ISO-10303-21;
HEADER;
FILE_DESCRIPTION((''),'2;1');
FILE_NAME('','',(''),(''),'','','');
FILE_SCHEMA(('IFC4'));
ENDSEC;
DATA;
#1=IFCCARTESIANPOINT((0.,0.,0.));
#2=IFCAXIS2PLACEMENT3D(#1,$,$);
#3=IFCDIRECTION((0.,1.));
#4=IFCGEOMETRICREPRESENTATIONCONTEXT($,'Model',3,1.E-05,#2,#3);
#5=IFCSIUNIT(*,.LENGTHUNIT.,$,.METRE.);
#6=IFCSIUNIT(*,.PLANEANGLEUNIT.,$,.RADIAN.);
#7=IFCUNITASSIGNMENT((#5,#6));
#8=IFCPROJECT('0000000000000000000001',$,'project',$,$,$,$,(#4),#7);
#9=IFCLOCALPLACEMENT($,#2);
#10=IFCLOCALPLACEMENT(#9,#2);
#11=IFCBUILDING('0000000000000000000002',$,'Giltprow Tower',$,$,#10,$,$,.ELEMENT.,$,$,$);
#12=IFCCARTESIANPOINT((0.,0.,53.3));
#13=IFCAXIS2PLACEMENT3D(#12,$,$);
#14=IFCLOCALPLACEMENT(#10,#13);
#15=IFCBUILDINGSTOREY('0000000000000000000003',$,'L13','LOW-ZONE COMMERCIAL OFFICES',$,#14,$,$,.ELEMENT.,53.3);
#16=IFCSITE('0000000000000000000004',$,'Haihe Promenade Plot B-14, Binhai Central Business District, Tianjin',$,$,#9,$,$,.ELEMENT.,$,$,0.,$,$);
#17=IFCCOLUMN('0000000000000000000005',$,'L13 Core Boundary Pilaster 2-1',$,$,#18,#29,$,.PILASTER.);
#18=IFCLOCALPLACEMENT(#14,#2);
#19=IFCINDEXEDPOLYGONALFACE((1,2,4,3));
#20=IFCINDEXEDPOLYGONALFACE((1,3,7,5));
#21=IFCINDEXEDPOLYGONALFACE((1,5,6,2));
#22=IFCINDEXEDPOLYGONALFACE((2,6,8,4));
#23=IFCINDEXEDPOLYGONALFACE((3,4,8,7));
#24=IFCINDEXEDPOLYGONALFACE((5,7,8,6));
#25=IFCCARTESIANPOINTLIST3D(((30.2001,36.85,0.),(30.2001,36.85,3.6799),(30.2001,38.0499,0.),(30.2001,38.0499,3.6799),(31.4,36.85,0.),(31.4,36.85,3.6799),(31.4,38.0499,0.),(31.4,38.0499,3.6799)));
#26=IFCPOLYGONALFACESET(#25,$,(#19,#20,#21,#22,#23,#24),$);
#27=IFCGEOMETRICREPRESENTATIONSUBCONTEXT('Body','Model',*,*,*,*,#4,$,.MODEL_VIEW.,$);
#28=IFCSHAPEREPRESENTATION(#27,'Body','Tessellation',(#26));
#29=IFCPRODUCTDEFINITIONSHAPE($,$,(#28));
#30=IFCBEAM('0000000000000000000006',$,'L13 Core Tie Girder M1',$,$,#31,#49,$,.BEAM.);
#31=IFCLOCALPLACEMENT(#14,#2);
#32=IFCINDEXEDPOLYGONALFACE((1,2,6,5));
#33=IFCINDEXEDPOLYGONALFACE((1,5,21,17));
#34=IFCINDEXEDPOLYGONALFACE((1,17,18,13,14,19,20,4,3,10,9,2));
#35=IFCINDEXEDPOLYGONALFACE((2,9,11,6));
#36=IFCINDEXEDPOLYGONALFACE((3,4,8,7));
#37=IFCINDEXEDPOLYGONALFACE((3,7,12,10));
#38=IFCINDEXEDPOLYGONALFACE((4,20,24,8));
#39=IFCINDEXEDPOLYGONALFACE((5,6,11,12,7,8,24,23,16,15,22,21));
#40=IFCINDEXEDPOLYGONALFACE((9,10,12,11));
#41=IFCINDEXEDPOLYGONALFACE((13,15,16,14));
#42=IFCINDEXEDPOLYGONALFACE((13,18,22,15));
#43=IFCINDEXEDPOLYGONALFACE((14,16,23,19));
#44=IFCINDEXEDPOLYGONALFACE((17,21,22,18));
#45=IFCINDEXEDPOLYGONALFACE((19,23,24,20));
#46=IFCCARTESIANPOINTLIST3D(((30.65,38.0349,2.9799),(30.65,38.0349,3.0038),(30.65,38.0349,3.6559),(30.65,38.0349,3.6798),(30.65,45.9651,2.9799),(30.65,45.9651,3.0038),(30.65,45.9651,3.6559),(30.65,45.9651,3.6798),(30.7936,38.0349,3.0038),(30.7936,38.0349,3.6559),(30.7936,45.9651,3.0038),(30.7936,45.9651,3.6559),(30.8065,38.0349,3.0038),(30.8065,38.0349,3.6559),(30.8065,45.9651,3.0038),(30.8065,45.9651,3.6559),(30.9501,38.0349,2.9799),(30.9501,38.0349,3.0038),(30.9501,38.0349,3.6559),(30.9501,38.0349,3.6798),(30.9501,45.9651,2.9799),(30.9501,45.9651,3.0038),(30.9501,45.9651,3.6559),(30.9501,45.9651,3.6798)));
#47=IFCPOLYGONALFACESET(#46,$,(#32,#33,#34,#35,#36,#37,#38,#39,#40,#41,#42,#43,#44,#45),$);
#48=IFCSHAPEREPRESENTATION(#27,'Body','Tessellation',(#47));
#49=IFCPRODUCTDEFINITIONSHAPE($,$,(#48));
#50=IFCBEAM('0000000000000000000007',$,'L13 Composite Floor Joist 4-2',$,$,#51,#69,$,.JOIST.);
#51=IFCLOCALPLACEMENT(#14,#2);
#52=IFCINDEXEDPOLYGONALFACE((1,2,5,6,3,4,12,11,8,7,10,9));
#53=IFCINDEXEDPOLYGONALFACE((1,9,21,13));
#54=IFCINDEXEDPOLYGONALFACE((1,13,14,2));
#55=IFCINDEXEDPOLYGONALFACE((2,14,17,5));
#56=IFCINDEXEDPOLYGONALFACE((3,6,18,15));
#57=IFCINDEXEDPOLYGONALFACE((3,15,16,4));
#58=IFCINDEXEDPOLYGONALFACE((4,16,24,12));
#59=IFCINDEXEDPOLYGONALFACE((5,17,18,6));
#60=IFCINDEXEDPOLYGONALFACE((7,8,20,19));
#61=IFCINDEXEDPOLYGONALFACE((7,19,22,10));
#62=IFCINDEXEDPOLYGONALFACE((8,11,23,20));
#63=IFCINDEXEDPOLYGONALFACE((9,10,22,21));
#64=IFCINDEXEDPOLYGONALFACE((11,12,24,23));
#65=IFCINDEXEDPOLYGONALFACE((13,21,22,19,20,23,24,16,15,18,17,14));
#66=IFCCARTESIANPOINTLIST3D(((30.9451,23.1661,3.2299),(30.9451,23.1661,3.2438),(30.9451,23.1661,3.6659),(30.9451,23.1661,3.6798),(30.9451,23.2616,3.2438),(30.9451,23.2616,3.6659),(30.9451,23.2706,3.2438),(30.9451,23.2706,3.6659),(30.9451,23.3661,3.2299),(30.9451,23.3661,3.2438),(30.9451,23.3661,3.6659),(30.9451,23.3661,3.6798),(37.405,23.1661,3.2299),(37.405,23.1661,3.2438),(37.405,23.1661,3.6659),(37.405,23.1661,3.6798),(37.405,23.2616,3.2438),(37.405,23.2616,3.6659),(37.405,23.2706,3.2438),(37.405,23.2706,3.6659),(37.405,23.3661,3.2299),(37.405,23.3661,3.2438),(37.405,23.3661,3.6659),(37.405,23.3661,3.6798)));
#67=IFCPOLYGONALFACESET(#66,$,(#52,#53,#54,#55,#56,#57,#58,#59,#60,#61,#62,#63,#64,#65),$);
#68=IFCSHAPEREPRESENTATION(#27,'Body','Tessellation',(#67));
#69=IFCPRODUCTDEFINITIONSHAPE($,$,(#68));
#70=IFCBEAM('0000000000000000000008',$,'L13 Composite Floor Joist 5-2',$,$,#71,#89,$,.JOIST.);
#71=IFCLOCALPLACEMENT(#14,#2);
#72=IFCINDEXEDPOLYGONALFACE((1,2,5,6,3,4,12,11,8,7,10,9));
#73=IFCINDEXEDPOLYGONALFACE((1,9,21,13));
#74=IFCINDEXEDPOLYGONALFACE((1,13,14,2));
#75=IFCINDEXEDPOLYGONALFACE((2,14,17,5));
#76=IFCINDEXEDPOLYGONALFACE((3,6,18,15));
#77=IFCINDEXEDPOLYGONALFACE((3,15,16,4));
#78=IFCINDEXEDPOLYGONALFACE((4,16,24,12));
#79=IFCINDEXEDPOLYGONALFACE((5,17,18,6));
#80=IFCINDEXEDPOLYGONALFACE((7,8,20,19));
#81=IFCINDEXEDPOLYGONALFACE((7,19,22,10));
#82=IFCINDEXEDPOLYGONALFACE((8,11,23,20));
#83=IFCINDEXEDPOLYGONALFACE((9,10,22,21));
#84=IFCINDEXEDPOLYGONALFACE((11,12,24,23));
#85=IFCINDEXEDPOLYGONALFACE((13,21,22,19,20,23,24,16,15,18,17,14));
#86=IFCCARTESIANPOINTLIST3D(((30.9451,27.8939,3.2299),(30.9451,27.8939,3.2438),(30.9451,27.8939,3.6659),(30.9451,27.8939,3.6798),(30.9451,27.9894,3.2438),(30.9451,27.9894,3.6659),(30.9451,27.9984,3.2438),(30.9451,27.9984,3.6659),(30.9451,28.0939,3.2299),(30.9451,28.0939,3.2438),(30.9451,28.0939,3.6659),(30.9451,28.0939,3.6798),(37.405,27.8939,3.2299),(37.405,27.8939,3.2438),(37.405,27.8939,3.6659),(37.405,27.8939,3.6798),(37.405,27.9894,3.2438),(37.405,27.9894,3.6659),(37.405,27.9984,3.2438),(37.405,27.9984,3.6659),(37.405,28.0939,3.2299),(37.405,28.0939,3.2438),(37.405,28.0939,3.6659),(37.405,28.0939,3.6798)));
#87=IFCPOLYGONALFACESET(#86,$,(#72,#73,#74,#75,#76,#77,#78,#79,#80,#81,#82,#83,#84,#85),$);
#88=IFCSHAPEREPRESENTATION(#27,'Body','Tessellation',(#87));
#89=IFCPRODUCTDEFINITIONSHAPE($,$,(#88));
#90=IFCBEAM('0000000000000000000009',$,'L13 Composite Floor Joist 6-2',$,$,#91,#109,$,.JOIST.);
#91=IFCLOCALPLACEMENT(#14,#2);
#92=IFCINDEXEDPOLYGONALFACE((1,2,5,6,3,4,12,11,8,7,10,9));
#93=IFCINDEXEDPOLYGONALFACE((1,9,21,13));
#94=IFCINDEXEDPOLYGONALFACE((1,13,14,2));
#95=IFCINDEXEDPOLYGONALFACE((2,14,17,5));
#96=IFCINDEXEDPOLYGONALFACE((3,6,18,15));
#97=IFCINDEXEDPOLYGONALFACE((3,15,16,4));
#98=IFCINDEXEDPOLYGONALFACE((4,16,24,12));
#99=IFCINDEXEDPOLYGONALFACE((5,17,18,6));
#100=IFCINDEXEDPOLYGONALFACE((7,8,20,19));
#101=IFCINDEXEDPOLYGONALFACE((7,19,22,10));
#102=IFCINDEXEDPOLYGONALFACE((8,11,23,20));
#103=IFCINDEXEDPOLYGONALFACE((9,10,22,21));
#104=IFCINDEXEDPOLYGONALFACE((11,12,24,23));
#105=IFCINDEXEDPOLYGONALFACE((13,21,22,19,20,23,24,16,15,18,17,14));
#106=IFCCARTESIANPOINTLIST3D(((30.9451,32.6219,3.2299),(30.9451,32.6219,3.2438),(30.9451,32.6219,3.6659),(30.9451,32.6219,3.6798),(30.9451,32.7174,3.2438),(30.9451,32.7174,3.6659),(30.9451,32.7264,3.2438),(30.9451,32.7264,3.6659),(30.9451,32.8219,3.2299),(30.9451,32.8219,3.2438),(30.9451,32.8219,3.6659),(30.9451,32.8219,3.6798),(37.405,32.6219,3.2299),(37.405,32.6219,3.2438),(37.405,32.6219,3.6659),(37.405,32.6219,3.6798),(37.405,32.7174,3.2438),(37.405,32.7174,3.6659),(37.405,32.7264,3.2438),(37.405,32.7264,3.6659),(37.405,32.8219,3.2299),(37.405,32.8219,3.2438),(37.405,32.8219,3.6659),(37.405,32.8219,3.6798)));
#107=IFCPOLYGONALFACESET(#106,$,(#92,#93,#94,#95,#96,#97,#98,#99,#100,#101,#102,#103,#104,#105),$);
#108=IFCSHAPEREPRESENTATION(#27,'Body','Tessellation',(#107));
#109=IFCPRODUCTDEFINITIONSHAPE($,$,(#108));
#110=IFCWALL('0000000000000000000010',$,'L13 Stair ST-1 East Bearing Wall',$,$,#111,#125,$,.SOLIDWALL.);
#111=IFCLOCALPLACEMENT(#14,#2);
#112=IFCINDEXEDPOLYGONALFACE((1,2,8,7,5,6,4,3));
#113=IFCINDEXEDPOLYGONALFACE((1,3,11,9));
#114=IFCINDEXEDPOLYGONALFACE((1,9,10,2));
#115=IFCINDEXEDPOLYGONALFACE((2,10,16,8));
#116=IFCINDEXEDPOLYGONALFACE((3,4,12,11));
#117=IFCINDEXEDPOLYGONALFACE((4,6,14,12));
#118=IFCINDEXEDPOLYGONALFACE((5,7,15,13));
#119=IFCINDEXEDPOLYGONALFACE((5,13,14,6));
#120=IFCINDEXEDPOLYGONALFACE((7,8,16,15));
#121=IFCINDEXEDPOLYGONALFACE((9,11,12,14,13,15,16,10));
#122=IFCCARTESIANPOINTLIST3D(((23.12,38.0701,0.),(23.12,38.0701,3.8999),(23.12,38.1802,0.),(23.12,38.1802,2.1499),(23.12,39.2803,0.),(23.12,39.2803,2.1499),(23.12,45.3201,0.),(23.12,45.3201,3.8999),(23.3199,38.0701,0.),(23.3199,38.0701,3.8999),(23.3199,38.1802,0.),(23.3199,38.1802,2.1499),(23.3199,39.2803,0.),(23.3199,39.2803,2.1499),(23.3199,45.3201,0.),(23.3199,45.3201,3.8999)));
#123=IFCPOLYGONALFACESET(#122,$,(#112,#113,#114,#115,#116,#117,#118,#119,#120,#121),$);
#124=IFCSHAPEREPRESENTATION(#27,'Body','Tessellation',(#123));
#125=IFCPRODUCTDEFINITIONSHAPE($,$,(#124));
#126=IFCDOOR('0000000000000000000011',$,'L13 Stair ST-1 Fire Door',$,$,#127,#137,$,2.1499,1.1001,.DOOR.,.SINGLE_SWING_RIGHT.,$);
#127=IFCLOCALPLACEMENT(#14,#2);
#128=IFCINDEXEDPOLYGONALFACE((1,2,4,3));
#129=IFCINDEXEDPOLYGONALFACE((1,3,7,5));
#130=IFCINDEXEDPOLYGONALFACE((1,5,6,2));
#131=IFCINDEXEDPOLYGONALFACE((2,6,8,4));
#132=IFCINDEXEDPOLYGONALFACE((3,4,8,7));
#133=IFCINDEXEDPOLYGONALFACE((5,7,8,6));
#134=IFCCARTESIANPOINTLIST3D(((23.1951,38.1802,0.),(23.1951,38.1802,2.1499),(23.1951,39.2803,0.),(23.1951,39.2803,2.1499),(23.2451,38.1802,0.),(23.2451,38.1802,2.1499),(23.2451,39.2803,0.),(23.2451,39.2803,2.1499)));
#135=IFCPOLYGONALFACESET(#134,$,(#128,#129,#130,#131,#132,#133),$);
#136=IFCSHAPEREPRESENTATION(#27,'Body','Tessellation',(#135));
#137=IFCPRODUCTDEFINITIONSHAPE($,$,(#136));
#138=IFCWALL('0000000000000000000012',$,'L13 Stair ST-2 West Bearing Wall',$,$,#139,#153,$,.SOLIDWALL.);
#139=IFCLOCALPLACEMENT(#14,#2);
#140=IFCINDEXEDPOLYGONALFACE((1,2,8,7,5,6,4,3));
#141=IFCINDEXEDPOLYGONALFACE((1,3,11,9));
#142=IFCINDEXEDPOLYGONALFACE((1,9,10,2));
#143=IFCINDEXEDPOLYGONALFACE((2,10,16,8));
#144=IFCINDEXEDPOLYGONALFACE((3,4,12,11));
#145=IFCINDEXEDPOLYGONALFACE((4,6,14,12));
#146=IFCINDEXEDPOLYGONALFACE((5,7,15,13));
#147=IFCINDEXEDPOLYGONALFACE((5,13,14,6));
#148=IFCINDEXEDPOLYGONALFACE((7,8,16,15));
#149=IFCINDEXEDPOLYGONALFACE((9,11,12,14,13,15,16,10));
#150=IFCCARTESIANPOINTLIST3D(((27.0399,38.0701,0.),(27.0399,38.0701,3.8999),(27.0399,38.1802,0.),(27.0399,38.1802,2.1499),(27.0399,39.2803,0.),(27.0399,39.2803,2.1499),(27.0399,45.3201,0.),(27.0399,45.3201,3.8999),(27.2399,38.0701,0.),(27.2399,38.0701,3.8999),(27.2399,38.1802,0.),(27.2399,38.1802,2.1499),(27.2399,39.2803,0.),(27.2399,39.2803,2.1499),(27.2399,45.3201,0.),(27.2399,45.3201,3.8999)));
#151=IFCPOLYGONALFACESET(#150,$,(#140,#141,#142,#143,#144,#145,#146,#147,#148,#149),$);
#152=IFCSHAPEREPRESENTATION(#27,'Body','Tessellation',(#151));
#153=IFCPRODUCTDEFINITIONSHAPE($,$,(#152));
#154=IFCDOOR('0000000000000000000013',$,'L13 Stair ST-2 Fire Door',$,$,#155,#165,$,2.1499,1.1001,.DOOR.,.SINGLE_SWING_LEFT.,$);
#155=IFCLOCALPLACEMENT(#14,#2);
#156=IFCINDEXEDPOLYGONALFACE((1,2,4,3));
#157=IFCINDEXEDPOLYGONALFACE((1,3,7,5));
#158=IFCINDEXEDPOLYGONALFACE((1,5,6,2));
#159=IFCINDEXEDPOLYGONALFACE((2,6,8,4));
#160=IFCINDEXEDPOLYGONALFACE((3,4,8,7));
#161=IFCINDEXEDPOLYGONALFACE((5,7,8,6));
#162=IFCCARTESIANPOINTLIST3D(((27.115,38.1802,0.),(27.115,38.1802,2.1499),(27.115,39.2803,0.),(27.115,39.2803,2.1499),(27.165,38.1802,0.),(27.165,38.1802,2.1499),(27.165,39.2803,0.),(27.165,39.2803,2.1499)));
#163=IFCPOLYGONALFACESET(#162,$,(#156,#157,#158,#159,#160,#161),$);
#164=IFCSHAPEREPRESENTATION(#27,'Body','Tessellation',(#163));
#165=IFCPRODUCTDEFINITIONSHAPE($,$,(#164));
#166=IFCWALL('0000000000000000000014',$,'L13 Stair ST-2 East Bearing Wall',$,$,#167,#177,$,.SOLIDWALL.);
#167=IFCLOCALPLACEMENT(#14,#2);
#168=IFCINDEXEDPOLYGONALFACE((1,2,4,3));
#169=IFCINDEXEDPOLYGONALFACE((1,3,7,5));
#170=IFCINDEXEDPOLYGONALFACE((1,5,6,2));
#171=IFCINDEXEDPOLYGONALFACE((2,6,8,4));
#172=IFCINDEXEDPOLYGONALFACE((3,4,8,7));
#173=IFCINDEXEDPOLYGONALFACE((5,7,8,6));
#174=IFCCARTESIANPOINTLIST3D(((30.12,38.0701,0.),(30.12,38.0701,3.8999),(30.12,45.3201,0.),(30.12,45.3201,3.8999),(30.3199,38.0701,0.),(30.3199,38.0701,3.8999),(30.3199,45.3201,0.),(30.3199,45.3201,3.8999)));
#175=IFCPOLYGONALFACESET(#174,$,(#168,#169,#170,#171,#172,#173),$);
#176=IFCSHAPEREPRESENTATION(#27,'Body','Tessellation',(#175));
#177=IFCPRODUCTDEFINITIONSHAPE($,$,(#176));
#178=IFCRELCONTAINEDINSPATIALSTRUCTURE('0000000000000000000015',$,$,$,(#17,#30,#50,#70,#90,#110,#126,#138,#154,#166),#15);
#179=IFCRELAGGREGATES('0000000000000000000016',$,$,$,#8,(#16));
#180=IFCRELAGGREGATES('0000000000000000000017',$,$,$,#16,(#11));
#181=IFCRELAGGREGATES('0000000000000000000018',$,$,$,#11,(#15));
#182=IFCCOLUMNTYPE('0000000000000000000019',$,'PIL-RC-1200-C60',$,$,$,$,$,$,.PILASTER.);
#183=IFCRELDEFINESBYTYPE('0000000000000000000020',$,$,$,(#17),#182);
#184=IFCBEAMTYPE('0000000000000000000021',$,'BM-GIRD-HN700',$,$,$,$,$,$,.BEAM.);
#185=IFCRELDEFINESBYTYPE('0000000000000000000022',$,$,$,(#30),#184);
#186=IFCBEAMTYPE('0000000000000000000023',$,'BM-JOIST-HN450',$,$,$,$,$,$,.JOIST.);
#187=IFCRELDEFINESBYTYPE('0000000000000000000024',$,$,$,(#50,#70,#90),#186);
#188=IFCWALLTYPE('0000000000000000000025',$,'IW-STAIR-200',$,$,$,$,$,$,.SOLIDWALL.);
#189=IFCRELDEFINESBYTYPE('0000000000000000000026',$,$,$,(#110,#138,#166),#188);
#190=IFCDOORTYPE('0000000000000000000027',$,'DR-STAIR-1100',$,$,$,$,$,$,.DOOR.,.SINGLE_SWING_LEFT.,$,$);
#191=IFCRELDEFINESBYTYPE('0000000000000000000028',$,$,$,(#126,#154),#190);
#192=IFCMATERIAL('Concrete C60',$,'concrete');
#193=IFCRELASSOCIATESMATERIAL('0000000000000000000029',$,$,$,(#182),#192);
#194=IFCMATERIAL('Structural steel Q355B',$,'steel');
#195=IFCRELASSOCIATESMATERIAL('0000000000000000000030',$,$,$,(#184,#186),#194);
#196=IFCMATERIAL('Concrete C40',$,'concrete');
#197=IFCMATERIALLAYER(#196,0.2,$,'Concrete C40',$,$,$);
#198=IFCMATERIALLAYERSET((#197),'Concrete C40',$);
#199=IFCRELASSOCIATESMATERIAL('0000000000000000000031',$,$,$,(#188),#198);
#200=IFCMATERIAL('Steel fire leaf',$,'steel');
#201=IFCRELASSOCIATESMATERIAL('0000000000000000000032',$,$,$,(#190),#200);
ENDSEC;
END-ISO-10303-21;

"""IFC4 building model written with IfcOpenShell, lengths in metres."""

from ifc_helpers import new_model, si_unit, direction, frame, frame_2d, origin, origin_2d, place, context, subcontext, project, spatial, rectangle, i_section, extrude, source, transform, mapped, material, layer, layer_set, material_profile, profile_set, type_object, element, fill, save


model = new_model("IFC4")

# Units and contexts
model_context = context("Model", 3, precision=1e-05, world=origin(), true_north=direction((0.0, 1.0)))
body_context = subcontext(model_context, "Body", "Model", "MODEL_VIEW")
ifc_project = project(units=[si_unit("LENGTHUNIT", "METRE"), si_unit("PLANEANGLEUNIT", "RADIAN")], contexts=[model_context])

# Site, building, storey
site_placement = place(None, origin())
site = spatial("IfcSite", under=ifc_project, at=site_placement, Name="Haihe Promenade Plot B-14, Binhai Central Business District, Tianjin", CompositionType="ELEMENT", RefElevation=0.0)
building_placement = place(site_placement, origin())
building = spatial("IfcBuilding", under=site, at=building_placement, Name="Giltprow Tower", CompositionType="ELEMENT")
storey_placement = place(building_placement, frame((0.0, 0.0, 53.3)))
storey = spatial("IfcBuildingStorey", under=building, at=storey_placement, Name="L13", Description="LOW-ZONE COMMERCIAL OFFICES", CompositionType="ELEMENT", Elevation=53.3)

# Column
ifc_material_1 = material(Name="Concrete C60", Category="concrete")
ifc_material_profile_1 = material_profile(ifc_material_1, rectangle(XDim=1.2, YDim=1.2, at=origin_2d()), Name="RC 1200x1200")
ifc_profile_set_1 = profile_set([ifc_material_profile_1], Name="Concrete C60")
column_type = type_object("IfcColumnType", Name="PIL-RC-1200-C60", PredefinedType="PILASTER", material=ifc_profile_set_1)
shared_shape_1 = source(origin(), body_context, "Body", "SweptSolid", [
    extrude(rectangle(XDim=1.2, YDim=1.2, at=origin_2d()), origin(), (0.0, 0.0, 1.0), 3.6799),
])
column_placement = place(storey_placement, frame((30.8, 37.45, 0.0), z_axis=(0.0, 0.0, 1.0), x_axis=(1.0, 0.0, 0.0)))
element("IfcColumn", 1, at=column_placement, inside=storey, type_object=column_type, Name="L13 Core Boundary Pilaster 2-1", PredefinedType="PILASTER", context=body_context, shape_type="MappedRepresentation", body=[
    mapped(shared_shape_1, transform((0.0, 0.0, 0.0), x_axis=(1.0, 0.0, 0.0), y_axis=(0.0, 1.0, 0.0), z_axis=(0.0, 0.0, 1.0), scale=1.0)),
])

# Beams
ifc_material_2 = material(Name="Structural steel Q355B", Category="steel")
ifc_material_profile_2 = material_profile(ifc_material_2, i_section(OverallWidth=0.3, OverallDepth=0.7, WebThickness=0.0129, FlangeThickness=0.0239, at=origin_2d()), Name="HN 700x300x13x24")
ifc_profile_set_2 = profile_set([ifc_material_profile_2], Name="Structural steel Q355B")
beam_type_1 = type_object("IfcBeamType", Name="BM-GIRD-HN700", PredefinedType="BEAM", material=ifc_profile_set_2)
shared_shape_2 = source(origin(), body_context, "Body", "SweptSolid", [
    extrude(i_section(OverallWidth=0.3, OverallDepth=0.7, WebThickness=0.0129, FlangeThickness=0.0239, at=origin_2d()), origin(), (0.0, 0.0, 1.0), 7.9302),
])
beam_placement = place(storey_placement, frame((30.8, 38.0349, 3.3298), z_axis=(0.0, 1.0, 0.0), x_axis=(-1.0, 0.0, 0.0)))
element("IfcBeam", 2, at=beam_placement, inside=storey, type_object=beam_type_1, Name="L13 Core Tie Girder M1", PredefinedType="BEAM", context=body_context, shape_type="MappedRepresentation", body=[
    mapped(shared_shape_2, transform((0.0, 0.0, 0.0), x_axis=(1.0, 0.0, 0.0), y_axis=(0.0, 1.0, 0.0), z_axis=(0.0, 0.0, 1.0), scale=1.0)),
])
ifc_material_profile_3 = material_profile(ifc_material_2, i_section(OverallWidth=0.2, OverallDepth=0.45, WebThickness=0.009, FlangeThickness=0.0139, at=origin_2d()), Name="HN 450x200x9x14")
ifc_profile_set_3 = profile_set([ifc_material_profile_3], Name="Structural steel Q355B")
beam_type_2 = type_object("IfcBeamType", Name="BM-JOIST-HN450", PredefinedType="JOIST", material=ifc_profile_set_3)
shared_shape_3 = source(origin(), body_context, "Body", "SweptSolid", [
    extrude(i_section(OverallWidth=0.2, OverallDepth=0.45, WebThickness=0.009, FlangeThickness=0.0139, at=origin_2d()), origin(), (0.0, 0.0, 1.0), 6.46),
])
for number, where, z_axis, x_axis, name in (
    (3, (30.9451, 23.2661, 3.4548), (1.0, 0.0, 0.0), (0.0, 1.0, 0.0), "L13 Composite Floor Joist 4-2"),
    (4, (30.9451, 27.9939, 3.4548), (1.0, 0.0, 0.0), (0.0, 1.0, 0.0), "L13 Composite Floor Joist 5-2"),
    (5, (30.9451, 32.7219, 3.4548), (1.0, 0.0, 0.0), (0.0, 1.0, 0.0), "L13 Composite Floor Joist 6-2"),
):
    element("IfcBeam", number, at=place(storey_placement, frame(where, z_axis=z_axis, x_axis=x_axis)), inside=storey, type_object=beam_type_2, Name=name, PredefinedType="JOIST", context=body_context, shape_type="MappedRepresentation", body=[
        mapped(shared_shape_3, transform((0.0, 0.0, 0.0), x_axis=(1.0, 0.0, 0.0), y_axis=(0.0, 1.0, 0.0), z_axis=(0.0, 0.0, 1.0), scale=1.0)),
    ])

# Walls, openings, doors
ifc_material_3 = material(Name="Concrete C40", Category="concrete")
ifc_layer = layer(ifc_material_3, 0.2, Name="Concrete C40")
ifc_layer_set = layer_set([ifc_layer], Name="Concrete C40")
wall_type = type_object("IfcWallType", Name="IW-STAIR-200", PredefinedType="SOLIDWALL", material=ifc_layer_set)
wall_1_placement = place(storey_placement, frame((23.22, 38.0701, 0.0), z_axis=(0.0, 0.0, 1.0), x_axis=(0.0, 1.0, 0.0)))
wall_1 = element("IfcWall", 6, at=wall_1_placement, inside=storey, type_object=wall_type, Name="L13 Stair ST-1 East Bearing Wall", PredefinedType="SOLIDWALL", context=body_context, shape_type="SweptSolid", body=[
    extrude(rectangle(XDim=7.25, YDim=0.2, at=frame_2d((3.625, 0.0))), origin(), (0.0, 0.0, 1.0), 3.8999),
])
opening_1_placement = place(wall_1_placement, frame((0.1101, 0.0, 0.0)))
opening_1 = element("IfcOpeningElement", 7, at=opening_1_placement, cuts=wall_1, PredefinedType="OPENING", context=body_context, shape_type="SweptSolid", body=[
    extrude(rectangle(XDim=1.1001, YDim=2.1499, at=frame_2d((0.55, 1.075))), frame((0.0, 0.1099, 0.0), z_axis=(0.0, -1.0, 0.0), x_axis=(1.0, 0.0, 0.0)), (0.0, 0.0, 1.0), 0.22),
])
ifc_material_4 = material(Name="Steel fire leaf", Category="steel")
door_type = type_object("IfcDoorType", Name="DR-STAIR-1100", OperationType="SINGLE_SWING_LEFT", PredefinedType="DOOR", material=ifc_material_4)
shared_shape_4 = source(origin(), body_context, "Body", "SweptSolid", [
    extrude(rectangle(XDim=1.1001, YDim=2.1499, at=frame_2d((0.55, 1.075))), frame((0.0, 0.0249, 0.0), z_axis=(0.0, -1.0, 0.0), x_axis=(1.0, 0.0, 0.0)), (0.0, 0.0, 1.0), 0.05),
])
door_1_placement = place(opening_1_placement, origin())
door_1 = element("IfcDoor", 8, at=door_1_placement, inside=storey, type_object=door_type, Name="L13 Stair ST-1 Fire Door", OperationType="SINGLE_SWING_RIGHT", OverallHeight=2.1499, OverallWidth=1.1001, PredefinedType="DOOR", context=body_context, shape_type="MappedRepresentation", body=[
    mapped(shared_shape_4, transform((0.0, 0.0, 0.0), x_axis=(1.0, 0.0, 0.0), y_axis=(0.0, 1.0, 0.0), z_axis=(0.0, 0.0, 1.0), scale=1.0)),
])
fill(opening_1, door_1)
wall_2_placement = place(storey_placement, frame((27.1399, 38.0701, 0.0), z_axis=(0.0, 0.0, 1.0), x_axis=(0.0, 1.0, 0.0)))
wall_2 = element("IfcWall", 9, at=wall_2_placement, inside=storey, type_object=wall_type, Name="L13 Stair ST-2 West Bearing Wall", PredefinedType="SOLIDWALL", context=body_context, shape_type="SweptSolid", body=[
    extrude(rectangle(XDim=7.25, YDim=0.2, at=frame_2d((3.625, 0.0))), origin(), (0.0, 0.0, 1.0), 3.8999),
])
opening_2_placement = place(wall_2_placement, frame((0.1101, 0.0, 0.0)))
opening_2 = element("IfcOpeningElement", 10, at=opening_2_placement, cuts=wall_2, PredefinedType="OPENING", context=body_context, shape_type="SweptSolid", body=[
    extrude(rectangle(XDim=1.1001, YDim=2.1499, at=frame_2d((0.55, 1.075))), frame((0.0, 0.1099, 0.0), z_axis=(0.0, -1.0, 0.0), x_axis=(1.0, 0.0, 0.0)), (0.0, 0.0, 1.0), 0.22),
])
door_2_placement = place(opening_2_placement, origin())
door_2 = element("IfcDoor", 11, at=door_2_placement, inside=storey, type_object=door_type, Name="L13 Stair ST-2 Fire Door", OperationType="SINGLE_SWING_LEFT", OverallHeight=2.1499, OverallWidth=1.1001, PredefinedType="DOOR", context=body_context, shape_type="MappedRepresentation", body=[
    mapped(shared_shape_4, transform((0.0, 0.0, 0.0), x_axis=(1.0, 0.0, 0.0), y_axis=(0.0, 1.0, 0.0), z_axis=(0.0, 0.0, 1.0), scale=1.0)),
])
fill(opening_2, door_2)

# Wall
wall_3_placement = place(storey_placement, frame((30.22, 38.0701, 0.0), z_axis=(0.0, 0.0, 1.0), x_axis=(0.0, 1.0, 0.0)))
element("IfcWall", 12, at=wall_3_placement, inside=storey, type_object=wall_type, Name="L13 Stair ST-2 East Bearing Wall", PredefinedType="SOLIDWALL", context=body_context, shape_type="SweptSolid", body=[
    extrude(rectangle(XDim=7.25, YDim=0.2, at=frame_2d((3.625, 0.0))), origin(), (0.0, 0.0, 1.0), 3.8999),
])

save(model, "model.ifc")
